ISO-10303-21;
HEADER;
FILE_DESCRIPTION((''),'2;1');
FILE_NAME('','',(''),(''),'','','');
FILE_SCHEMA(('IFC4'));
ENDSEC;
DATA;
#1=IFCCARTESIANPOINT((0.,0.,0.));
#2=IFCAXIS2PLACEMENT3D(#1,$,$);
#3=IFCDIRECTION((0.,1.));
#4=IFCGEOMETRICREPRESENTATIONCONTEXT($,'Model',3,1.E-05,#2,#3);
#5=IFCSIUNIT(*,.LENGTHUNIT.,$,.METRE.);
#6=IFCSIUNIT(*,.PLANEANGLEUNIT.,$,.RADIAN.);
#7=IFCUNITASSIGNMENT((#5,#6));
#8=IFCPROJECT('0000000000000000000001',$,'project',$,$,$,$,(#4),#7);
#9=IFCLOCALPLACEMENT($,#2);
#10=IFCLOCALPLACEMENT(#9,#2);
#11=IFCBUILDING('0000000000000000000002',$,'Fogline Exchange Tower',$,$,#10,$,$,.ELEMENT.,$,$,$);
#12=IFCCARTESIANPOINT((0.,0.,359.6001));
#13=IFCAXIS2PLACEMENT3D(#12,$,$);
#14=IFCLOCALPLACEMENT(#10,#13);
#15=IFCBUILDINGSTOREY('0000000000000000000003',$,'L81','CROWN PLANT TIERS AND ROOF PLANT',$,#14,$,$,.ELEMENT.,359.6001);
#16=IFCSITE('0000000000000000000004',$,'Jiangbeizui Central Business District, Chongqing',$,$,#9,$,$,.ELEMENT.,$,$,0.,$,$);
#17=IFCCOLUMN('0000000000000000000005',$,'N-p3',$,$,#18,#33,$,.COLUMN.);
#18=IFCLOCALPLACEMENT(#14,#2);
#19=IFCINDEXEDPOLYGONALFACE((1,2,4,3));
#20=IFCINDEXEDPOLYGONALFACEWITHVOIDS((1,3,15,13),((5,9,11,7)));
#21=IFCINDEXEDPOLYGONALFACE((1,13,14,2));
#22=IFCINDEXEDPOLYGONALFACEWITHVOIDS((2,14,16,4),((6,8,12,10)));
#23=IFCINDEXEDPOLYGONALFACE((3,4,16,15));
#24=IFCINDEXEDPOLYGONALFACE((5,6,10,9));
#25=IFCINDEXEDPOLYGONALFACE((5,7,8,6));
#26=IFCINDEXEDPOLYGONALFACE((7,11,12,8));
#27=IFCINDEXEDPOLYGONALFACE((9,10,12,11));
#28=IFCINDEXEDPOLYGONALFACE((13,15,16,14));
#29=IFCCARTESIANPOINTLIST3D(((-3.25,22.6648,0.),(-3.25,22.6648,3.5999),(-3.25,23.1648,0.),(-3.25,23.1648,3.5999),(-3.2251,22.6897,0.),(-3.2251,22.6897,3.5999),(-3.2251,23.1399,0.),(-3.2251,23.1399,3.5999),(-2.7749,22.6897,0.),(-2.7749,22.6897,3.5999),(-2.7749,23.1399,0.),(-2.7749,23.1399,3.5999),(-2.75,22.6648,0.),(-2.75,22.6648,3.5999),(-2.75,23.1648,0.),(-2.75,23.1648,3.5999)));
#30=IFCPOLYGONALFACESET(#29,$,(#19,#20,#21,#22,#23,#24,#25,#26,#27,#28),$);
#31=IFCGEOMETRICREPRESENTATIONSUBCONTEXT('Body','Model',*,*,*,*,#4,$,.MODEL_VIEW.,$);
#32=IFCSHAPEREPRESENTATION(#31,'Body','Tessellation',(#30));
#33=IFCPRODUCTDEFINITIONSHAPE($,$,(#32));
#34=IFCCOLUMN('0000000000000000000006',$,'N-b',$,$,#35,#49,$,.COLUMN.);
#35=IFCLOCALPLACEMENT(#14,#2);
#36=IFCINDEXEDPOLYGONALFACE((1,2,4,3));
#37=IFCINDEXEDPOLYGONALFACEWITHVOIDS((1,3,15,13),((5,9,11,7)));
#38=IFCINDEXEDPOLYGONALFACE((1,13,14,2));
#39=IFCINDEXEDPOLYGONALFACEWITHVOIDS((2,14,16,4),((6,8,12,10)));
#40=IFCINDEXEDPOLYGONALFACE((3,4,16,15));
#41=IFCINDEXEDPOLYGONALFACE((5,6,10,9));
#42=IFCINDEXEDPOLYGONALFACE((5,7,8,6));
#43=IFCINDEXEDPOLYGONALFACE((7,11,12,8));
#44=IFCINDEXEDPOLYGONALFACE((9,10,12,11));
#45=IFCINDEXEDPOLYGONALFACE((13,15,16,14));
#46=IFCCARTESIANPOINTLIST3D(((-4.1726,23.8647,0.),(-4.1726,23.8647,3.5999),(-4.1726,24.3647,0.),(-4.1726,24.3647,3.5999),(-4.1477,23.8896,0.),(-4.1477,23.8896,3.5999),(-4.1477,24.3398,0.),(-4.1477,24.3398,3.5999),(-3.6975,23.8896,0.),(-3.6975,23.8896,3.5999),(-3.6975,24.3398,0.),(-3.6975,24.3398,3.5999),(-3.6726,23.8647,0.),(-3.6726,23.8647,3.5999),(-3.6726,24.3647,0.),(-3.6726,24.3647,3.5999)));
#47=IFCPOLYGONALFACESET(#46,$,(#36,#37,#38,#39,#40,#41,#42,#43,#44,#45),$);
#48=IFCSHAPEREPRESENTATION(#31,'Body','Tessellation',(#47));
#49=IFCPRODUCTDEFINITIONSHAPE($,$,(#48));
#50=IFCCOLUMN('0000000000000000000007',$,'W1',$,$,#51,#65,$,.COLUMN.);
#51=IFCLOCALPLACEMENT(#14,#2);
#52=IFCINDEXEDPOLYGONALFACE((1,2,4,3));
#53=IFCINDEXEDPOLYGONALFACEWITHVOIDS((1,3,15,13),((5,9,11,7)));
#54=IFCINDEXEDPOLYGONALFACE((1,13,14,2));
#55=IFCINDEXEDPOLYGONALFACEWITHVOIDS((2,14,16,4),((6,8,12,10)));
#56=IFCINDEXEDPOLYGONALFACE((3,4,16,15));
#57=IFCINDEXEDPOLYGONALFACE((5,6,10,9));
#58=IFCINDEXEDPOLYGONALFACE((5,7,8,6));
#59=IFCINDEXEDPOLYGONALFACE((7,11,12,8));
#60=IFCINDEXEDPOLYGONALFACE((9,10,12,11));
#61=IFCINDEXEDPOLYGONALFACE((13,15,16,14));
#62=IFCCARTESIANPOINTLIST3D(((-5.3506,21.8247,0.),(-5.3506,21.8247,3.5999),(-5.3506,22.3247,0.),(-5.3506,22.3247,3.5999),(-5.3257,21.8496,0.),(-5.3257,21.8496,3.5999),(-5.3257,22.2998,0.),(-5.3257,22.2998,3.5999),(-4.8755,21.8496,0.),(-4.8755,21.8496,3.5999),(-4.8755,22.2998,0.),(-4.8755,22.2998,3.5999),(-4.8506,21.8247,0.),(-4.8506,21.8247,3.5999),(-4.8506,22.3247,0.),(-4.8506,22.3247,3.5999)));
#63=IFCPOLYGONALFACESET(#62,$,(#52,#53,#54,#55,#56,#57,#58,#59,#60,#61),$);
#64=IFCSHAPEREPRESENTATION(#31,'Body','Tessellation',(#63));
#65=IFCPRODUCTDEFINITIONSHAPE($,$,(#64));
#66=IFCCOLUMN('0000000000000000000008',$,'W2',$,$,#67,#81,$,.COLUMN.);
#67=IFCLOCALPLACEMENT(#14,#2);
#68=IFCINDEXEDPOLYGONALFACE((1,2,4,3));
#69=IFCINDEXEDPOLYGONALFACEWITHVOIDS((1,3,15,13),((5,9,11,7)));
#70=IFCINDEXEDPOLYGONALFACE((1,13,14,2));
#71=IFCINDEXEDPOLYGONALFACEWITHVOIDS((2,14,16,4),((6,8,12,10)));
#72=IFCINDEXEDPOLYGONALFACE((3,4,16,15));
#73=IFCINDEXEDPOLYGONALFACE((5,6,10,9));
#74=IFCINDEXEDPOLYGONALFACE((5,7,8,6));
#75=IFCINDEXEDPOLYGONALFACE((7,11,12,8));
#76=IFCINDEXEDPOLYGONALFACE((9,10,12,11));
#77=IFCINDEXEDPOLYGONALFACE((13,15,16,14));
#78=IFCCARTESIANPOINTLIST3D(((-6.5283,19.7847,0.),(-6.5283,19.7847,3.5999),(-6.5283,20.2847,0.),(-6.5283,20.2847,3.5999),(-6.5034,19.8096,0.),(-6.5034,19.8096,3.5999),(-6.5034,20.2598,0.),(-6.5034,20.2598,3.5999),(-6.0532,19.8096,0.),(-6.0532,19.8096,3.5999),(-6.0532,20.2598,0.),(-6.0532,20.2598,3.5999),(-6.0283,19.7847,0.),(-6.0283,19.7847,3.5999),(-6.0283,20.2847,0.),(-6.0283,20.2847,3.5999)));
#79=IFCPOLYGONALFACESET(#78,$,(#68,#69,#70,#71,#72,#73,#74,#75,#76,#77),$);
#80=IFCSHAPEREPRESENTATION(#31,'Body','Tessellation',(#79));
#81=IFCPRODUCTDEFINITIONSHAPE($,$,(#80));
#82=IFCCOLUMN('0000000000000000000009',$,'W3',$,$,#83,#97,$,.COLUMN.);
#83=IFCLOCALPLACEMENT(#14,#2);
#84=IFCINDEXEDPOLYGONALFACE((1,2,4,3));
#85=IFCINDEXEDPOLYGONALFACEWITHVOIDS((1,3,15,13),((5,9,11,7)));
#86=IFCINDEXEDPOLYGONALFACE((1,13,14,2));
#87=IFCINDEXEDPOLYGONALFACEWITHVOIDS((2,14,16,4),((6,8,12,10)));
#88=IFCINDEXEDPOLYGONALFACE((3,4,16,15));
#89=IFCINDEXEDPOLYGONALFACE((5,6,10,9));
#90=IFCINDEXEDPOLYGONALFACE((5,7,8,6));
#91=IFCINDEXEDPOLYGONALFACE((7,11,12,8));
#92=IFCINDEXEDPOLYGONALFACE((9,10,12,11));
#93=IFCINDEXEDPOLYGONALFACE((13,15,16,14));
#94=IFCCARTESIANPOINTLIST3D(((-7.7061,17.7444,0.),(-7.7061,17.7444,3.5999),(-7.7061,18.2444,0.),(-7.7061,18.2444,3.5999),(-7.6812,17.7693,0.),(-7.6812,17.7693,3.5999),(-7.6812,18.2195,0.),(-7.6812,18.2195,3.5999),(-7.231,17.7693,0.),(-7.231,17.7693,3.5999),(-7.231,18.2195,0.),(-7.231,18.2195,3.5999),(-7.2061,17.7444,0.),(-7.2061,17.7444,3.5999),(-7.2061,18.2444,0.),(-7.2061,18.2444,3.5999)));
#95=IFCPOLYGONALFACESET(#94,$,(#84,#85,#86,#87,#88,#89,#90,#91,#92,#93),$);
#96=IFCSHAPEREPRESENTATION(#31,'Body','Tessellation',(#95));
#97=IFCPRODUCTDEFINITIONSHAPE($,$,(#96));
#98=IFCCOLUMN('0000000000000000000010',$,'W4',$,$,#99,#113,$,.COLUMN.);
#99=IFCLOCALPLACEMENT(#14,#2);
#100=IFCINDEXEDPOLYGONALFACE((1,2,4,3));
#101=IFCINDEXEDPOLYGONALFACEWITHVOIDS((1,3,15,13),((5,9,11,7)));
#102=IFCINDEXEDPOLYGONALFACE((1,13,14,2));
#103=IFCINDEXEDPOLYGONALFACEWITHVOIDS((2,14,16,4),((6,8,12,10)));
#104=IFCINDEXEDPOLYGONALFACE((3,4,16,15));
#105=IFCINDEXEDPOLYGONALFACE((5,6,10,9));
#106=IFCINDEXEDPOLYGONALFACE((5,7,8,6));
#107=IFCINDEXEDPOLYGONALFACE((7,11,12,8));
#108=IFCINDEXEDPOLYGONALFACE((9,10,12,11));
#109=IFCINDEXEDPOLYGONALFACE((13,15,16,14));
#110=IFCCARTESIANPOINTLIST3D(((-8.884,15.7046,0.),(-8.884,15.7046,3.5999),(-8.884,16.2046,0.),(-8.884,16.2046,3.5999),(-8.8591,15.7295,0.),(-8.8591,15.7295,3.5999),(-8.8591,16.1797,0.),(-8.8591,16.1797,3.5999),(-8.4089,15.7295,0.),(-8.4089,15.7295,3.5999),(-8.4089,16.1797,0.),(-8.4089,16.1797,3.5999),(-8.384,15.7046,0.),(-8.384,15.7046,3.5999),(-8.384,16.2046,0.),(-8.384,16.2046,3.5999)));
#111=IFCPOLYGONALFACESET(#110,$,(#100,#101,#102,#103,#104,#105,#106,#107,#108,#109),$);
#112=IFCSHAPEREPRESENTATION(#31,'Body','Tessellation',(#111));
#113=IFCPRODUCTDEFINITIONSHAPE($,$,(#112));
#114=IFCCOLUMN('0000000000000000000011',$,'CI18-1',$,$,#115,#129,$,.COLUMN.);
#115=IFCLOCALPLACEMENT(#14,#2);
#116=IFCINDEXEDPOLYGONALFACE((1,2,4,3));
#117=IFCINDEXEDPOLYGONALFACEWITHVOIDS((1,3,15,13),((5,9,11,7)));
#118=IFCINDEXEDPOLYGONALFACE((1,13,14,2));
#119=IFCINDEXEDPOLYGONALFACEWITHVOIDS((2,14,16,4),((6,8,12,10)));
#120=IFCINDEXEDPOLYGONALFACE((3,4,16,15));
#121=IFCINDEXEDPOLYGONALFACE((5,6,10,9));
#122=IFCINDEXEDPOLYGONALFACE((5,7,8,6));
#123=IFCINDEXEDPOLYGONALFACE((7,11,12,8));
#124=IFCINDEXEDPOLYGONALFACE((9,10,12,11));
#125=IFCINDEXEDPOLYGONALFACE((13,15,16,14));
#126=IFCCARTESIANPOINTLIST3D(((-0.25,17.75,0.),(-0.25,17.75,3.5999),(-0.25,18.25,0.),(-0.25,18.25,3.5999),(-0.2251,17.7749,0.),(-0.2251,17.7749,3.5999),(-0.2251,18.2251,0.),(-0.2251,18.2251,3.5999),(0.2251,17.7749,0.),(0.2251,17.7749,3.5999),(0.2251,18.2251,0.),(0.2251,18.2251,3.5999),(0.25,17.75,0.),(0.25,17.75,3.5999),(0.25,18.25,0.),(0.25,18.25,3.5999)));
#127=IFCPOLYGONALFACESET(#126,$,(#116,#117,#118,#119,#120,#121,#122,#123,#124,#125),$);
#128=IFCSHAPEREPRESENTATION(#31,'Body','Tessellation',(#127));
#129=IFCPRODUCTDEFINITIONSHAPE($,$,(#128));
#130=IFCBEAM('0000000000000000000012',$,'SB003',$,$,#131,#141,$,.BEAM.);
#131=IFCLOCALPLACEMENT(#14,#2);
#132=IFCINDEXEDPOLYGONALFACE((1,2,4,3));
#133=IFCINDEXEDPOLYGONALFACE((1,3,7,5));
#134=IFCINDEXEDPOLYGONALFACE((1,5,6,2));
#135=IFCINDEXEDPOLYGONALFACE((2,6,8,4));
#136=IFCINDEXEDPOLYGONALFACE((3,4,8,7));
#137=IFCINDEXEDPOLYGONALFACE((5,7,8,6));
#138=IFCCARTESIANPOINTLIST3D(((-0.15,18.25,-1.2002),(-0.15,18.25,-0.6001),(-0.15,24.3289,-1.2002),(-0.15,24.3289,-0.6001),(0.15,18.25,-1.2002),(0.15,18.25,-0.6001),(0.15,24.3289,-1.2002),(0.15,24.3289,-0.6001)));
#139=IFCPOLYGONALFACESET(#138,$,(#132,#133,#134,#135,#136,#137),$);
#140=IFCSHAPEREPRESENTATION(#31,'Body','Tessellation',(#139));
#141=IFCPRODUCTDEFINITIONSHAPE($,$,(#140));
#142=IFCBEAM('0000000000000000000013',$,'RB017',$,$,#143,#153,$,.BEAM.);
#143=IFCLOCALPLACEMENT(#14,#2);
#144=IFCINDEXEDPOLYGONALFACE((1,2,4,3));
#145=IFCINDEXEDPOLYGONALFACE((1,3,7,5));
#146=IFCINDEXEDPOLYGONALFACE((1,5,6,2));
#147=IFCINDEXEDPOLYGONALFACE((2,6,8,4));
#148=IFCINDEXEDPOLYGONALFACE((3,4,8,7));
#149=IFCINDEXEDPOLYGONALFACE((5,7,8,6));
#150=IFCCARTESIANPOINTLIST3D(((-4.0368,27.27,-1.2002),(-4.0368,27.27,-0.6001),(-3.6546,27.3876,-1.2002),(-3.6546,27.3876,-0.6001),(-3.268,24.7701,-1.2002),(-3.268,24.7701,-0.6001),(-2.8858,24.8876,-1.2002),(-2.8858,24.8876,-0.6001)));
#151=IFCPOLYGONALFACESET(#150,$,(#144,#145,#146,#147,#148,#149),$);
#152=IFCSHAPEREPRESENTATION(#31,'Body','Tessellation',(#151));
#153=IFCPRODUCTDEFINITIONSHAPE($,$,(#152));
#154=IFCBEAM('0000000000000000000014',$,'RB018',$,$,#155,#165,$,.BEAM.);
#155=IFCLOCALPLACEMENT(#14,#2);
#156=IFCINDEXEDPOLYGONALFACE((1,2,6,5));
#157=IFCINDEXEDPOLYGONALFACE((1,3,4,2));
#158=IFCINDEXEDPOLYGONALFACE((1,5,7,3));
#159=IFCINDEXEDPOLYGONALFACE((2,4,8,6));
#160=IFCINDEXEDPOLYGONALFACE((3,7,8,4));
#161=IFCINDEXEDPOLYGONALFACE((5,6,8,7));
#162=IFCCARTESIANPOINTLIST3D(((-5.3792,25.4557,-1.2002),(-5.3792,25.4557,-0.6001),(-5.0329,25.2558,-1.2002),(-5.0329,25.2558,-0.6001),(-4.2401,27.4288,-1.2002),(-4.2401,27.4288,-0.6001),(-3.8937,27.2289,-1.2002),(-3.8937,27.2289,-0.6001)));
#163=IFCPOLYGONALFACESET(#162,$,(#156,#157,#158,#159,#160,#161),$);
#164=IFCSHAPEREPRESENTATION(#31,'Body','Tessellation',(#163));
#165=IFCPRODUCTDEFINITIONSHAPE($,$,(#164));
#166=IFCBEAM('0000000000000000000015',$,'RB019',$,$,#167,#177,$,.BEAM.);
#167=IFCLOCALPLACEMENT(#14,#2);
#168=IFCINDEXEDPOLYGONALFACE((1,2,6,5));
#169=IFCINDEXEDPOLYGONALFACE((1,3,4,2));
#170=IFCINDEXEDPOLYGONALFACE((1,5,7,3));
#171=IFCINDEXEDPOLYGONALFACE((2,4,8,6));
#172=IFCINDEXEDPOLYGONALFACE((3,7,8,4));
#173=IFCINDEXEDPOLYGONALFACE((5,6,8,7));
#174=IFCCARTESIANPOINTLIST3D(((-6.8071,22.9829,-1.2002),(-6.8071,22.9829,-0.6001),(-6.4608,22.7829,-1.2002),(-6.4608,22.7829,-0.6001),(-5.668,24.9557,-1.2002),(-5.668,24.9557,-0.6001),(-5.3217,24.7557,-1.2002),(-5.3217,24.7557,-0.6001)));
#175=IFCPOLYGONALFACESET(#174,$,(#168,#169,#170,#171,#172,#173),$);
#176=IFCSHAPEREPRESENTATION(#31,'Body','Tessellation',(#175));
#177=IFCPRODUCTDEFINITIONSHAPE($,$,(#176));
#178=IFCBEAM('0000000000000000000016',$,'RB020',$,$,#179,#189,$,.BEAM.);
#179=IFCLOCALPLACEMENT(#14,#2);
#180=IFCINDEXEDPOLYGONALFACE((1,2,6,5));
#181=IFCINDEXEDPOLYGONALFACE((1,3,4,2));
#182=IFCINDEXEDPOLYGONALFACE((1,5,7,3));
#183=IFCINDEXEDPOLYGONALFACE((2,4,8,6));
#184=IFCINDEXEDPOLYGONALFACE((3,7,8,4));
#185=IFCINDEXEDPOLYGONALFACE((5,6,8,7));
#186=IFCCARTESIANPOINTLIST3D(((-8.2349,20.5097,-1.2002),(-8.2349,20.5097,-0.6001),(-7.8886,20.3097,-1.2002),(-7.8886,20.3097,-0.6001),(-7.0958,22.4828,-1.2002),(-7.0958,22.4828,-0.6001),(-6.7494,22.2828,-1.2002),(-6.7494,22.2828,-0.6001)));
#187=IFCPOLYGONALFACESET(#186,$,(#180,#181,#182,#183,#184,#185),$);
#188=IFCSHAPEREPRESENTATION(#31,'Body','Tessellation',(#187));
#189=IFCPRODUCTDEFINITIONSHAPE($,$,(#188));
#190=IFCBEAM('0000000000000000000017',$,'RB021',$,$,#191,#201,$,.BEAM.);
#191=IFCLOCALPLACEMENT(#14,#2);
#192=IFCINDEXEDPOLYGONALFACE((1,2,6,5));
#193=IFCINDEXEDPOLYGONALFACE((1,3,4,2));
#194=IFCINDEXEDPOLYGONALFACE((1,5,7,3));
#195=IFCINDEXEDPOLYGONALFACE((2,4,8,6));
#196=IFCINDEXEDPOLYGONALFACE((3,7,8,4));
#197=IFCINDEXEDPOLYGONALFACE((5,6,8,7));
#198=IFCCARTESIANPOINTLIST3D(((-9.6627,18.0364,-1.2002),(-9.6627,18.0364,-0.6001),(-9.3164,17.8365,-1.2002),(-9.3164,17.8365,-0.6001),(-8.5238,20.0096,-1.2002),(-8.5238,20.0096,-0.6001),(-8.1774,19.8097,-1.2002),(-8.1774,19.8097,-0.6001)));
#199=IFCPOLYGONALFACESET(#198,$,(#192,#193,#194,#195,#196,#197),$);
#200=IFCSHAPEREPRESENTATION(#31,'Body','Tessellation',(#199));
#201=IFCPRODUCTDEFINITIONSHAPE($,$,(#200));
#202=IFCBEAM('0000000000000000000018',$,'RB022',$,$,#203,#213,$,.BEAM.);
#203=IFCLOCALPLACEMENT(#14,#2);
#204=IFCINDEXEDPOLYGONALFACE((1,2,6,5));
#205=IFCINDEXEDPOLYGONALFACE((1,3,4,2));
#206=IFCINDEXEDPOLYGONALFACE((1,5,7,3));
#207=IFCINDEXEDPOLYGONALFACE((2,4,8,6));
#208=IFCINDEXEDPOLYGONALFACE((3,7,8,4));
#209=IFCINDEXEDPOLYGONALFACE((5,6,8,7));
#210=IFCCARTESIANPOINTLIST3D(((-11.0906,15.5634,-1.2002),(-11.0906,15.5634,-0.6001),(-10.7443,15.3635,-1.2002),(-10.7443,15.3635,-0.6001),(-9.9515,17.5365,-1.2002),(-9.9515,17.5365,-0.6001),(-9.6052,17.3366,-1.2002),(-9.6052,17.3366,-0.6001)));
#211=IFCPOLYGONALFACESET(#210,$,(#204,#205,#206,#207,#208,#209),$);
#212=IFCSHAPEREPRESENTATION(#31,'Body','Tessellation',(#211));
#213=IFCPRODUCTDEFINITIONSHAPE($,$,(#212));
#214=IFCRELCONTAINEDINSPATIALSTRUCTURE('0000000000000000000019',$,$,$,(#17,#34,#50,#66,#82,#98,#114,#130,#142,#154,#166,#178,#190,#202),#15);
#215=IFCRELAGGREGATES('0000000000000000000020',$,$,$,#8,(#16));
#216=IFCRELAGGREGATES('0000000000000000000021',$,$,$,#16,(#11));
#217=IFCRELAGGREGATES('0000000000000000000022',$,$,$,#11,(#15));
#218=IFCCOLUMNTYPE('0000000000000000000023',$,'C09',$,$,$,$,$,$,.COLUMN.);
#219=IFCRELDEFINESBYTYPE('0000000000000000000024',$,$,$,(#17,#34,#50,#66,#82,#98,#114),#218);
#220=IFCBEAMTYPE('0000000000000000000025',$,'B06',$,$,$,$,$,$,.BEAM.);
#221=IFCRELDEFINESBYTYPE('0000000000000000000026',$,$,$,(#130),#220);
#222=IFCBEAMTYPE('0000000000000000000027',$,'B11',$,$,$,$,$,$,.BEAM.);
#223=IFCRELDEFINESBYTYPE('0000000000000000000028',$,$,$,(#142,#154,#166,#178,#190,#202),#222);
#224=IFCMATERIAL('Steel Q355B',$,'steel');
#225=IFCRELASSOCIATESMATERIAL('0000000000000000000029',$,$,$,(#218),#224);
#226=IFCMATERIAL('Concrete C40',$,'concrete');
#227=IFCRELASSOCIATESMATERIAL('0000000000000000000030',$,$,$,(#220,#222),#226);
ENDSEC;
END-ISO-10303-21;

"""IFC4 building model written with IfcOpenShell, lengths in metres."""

from ifc_helpers import new_model, si_unit, direction, frame, origin, origin_2d, place, context, subcontext, project, spatial, rectangle, hollow_rectangle, extrude, material, material_profile, profile_set, type_object, element, save


model = new_model("IFC4")

# Units and contexts
model_context = context("Model", 3, precision=1e-05, world=origin(), true_north=direction((0.0, 1.0)))
body_context = subcontext(model_context, "Body", "Model", "MODEL_VIEW")
ifc_project = project(units=[si_unit("LENGTHUNIT", "METRE"), si_unit("PLANEANGLEUNIT", "RADIAN")], contexts=[model_context])

# Site, building, storey
site_placement = place(None, origin())
site = spatial("IfcSite", under=ifc_project, at=site_placement, Name="Jiangbeizui Central Business District, Chongqing", CompositionType="ELEMENT", RefElevation=0.0)
building_placement = place(site_placement, origin())
building = spatial("IfcBuilding", under=site, at=building_placement, Name="Fogline Exchange Tower", CompositionType="ELEMENT")
storey_placement = place(building_placement, frame((0.0, 0.0, 359.6001)))
storey = spatial("IfcBuildingStorey", under=building, at=storey_placement, Name="L81", Description="CROWN PLANT TIERS AND ROOF PLANT", CompositionType="ELEMENT", Elevation=359.6001)

# Columns
ifc_material_1 = material(Name="Steel Q355B", Category="steel")
ifc_material_profile_1 = material_profile(ifc_material_1, hollow_rectangle(XDim=0.5, YDim=0.5, WallThickness=0.0249, at=origin_2d()), Name="BOX500X500X25")
ifc_profile_set_1 = profile_set([ifc_material_profile_1], Name="Steel Q355B")
column_type = type_object("IfcColumnType", Name="C09", PredefinedType="COLUMN", material=ifc_profile_set_1)
for number, where, z_axis, x_axis, name in (
    (1, (-3.0, 22.9148, 0.0), (0.0, 0.0, 1.0), (1.0, 0.0, 0.0), "N-p3"),
    (2, (-3.9226, 24.1147, 0.0), (0.0, 0.0, 1.0), (1.0, 0.0, 0.0), "N-b"),
    (3, (-5.1006, 22.0747, 0.0), (0.0, 0.0, 1.0), (1.0, 0.0, 0.0), "W1"),
    (4, (-6.2783, 20.0347, 0.0), (0.0, 0.0, 1.0), (1.0, 0.0, 0.0), "W2"),
    (5, (-7.4561, 17.9944, 0.0), (0.0, 0.0, 1.0), (1.0, 0.0, 0.0), "W3"),
    (6, (-8.634, 15.9546, 0.0), (0.0, 0.0, 1.0), (1.0, 0.0, 0.0), "W4"),
    (7, (0.0, 18.0, 0.0), (0.0, 0.0, 1.0), (1.0, 0.0, 0.0), "CI18-1"),
):
    element("IfcColumn", number, at=place(storey_placement, frame(where, z_axis=z_axis, x_axis=x_axis)), inside=storey, type_object=column_type, Name=name, PredefinedType="COLUMN", context=body_context, shape_type="SweptSolid", body=[
        extrude(hollow_rectangle(XDim=0.5, YDim=0.5, WallThickness=0.0249, at=origin_2d()), origin(), (0.0, 0.0, 1.0), 3.5999),
    ])

# Beams
ifc_material_2 = material(Name="Concrete C40", Category="concrete")
ifc_material_profile_2 = material_profile(ifc_material_2, rectangle(XDim=0.3, YDim=0.6001, at=origin_2d()), Name="RC 300x600")
ifc_profile_set_2 = profile_set([ifc_material_profile_2], Name="Concrete C40")
beam_type_1 = type_object("IfcBeamType", Name="B06", PredefinedType="BEAM", material=ifc_profile_set_2)
beam_1_placement = place(storey_placement, frame((0.0, 18.25, -0.9001), z_axis=(0.0, 1.0, 0.0), x_axis=(-1.0, 0.0, 0.0)))
element("IfcBeam", 8, at=beam_1_placement, inside=storey, type_object=beam_type_1, Name="SB003", PredefinedType="BEAM", context=body_context, shape_type="SweptSolid", body=[
    extrude(rectangle(XDim=0.3, YDim=0.6001, at=origin_2d()), origin(), (0.0, 0.0, 1.0), 6.0789),
])
ifc_material_profile_3 = material_profile(ifc_material_2, rectangle(XDim=0.3999, YDim=0.6001, at=origin_2d()), Name="RC 400x600")
ifc_profile_set_3 = profile_set([ifc_material_profile_3], Name="Concrete C40")
beam_type_2 = type_object("IfcBeamType", Name="B11", PredefinedType="BEAM", material=ifc_profile_set_3)
beam_2_placement = place(storey_placement, frame((-3.0769, 24.8289, -0.9001), z_axis=(-0.293935, 0.955825, 0.0), x_axis=(-0.955825, -0.293935, 0.0)))
element("IfcBeam", 9, at=beam_2_placement, inside=storey, type_object=beam_type_2, Name="RB017", PredefinedType="BEAM", context=body_context, shape_type="SweptSolid", body=[
    extrude(rectangle(XDim=0.3999, YDim=0.6001, at=origin_2d()), origin(), (0.0, 0.0, 1.0), 2.6155),
])
beam_3_placement = place(storey_placement, frame((-4.0669, 27.3289, -0.9001), z_axis=(-0.499988, -0.866032, 0.0), x_axis=(0.866032, -0.499988, 0.0)))
element("IfcBeam", 10, at=beam_3_placement, inside=storey, type_object=beam_type_2, Name="RB018", PredefinedType="BEAM", context=body_context, shape_type="SweptSolid", body=[
    extrude(rectangle(XDim=0.3999, YDim=0.6001, at=origin_2d()), origin(), (0.0, 0.0, 1.0), 2.2783),
])
beam_4_placement = place(storey_placement, frame((-5.4949, 24.8557, -0.9001), z_axis=(-0.500035, -0.866005, 0.0), x_axis=(0.866005, -0.500035, 0.0)))
element("IfcBeam", 11, at=beam_4_placement, inside=storey, type_object=beam_type_2, Name="RB019", PredefinedType="BEAM", context=body_context, shape_type="SweptSolid", body=[
    extrude(rectangle(XDim=0.3999, YDim=0.6001, at=origin_2d()), origin(), (0.0, 0.0, 1.0), 2.2781),
])
for number, where, z_axis, x_axis, name in (
    (12, (-6.9226, 22.3828, -0.9001), (-0.499988, -0.866032, 0.0), (0.866032, -0.499988, 0.0), "RB020"),
    (13, (-8.3506, 19.9097, -0.9001), (-0.499908, -0.866079, 0.0), (0.866079, -0.499908, 0.0), "RB021"),
    (14, (-9.7783, 17.4365, -0.9001), (-0.499988, -0.866032, 0.0), (0.866032, -0.499988, 0.0), "RB022"),
):
    element("IfcBeam", number, at=place(storey_placement, frame(where, z_axis=z_axis, x_axis=x_axis)), inside=storey, type_object=beam_type_2, Name=name, PredefinedType="BEAM", context=body_context, shape_type="SweptSolid", body=[
        extrude(rectangle(XDim=0.3999, YDim=0.6001, at=origin_2d()), origin(), (0.0, 0.0, 1.0), 2.2783),
    ])

save(model, "model.ifc")
